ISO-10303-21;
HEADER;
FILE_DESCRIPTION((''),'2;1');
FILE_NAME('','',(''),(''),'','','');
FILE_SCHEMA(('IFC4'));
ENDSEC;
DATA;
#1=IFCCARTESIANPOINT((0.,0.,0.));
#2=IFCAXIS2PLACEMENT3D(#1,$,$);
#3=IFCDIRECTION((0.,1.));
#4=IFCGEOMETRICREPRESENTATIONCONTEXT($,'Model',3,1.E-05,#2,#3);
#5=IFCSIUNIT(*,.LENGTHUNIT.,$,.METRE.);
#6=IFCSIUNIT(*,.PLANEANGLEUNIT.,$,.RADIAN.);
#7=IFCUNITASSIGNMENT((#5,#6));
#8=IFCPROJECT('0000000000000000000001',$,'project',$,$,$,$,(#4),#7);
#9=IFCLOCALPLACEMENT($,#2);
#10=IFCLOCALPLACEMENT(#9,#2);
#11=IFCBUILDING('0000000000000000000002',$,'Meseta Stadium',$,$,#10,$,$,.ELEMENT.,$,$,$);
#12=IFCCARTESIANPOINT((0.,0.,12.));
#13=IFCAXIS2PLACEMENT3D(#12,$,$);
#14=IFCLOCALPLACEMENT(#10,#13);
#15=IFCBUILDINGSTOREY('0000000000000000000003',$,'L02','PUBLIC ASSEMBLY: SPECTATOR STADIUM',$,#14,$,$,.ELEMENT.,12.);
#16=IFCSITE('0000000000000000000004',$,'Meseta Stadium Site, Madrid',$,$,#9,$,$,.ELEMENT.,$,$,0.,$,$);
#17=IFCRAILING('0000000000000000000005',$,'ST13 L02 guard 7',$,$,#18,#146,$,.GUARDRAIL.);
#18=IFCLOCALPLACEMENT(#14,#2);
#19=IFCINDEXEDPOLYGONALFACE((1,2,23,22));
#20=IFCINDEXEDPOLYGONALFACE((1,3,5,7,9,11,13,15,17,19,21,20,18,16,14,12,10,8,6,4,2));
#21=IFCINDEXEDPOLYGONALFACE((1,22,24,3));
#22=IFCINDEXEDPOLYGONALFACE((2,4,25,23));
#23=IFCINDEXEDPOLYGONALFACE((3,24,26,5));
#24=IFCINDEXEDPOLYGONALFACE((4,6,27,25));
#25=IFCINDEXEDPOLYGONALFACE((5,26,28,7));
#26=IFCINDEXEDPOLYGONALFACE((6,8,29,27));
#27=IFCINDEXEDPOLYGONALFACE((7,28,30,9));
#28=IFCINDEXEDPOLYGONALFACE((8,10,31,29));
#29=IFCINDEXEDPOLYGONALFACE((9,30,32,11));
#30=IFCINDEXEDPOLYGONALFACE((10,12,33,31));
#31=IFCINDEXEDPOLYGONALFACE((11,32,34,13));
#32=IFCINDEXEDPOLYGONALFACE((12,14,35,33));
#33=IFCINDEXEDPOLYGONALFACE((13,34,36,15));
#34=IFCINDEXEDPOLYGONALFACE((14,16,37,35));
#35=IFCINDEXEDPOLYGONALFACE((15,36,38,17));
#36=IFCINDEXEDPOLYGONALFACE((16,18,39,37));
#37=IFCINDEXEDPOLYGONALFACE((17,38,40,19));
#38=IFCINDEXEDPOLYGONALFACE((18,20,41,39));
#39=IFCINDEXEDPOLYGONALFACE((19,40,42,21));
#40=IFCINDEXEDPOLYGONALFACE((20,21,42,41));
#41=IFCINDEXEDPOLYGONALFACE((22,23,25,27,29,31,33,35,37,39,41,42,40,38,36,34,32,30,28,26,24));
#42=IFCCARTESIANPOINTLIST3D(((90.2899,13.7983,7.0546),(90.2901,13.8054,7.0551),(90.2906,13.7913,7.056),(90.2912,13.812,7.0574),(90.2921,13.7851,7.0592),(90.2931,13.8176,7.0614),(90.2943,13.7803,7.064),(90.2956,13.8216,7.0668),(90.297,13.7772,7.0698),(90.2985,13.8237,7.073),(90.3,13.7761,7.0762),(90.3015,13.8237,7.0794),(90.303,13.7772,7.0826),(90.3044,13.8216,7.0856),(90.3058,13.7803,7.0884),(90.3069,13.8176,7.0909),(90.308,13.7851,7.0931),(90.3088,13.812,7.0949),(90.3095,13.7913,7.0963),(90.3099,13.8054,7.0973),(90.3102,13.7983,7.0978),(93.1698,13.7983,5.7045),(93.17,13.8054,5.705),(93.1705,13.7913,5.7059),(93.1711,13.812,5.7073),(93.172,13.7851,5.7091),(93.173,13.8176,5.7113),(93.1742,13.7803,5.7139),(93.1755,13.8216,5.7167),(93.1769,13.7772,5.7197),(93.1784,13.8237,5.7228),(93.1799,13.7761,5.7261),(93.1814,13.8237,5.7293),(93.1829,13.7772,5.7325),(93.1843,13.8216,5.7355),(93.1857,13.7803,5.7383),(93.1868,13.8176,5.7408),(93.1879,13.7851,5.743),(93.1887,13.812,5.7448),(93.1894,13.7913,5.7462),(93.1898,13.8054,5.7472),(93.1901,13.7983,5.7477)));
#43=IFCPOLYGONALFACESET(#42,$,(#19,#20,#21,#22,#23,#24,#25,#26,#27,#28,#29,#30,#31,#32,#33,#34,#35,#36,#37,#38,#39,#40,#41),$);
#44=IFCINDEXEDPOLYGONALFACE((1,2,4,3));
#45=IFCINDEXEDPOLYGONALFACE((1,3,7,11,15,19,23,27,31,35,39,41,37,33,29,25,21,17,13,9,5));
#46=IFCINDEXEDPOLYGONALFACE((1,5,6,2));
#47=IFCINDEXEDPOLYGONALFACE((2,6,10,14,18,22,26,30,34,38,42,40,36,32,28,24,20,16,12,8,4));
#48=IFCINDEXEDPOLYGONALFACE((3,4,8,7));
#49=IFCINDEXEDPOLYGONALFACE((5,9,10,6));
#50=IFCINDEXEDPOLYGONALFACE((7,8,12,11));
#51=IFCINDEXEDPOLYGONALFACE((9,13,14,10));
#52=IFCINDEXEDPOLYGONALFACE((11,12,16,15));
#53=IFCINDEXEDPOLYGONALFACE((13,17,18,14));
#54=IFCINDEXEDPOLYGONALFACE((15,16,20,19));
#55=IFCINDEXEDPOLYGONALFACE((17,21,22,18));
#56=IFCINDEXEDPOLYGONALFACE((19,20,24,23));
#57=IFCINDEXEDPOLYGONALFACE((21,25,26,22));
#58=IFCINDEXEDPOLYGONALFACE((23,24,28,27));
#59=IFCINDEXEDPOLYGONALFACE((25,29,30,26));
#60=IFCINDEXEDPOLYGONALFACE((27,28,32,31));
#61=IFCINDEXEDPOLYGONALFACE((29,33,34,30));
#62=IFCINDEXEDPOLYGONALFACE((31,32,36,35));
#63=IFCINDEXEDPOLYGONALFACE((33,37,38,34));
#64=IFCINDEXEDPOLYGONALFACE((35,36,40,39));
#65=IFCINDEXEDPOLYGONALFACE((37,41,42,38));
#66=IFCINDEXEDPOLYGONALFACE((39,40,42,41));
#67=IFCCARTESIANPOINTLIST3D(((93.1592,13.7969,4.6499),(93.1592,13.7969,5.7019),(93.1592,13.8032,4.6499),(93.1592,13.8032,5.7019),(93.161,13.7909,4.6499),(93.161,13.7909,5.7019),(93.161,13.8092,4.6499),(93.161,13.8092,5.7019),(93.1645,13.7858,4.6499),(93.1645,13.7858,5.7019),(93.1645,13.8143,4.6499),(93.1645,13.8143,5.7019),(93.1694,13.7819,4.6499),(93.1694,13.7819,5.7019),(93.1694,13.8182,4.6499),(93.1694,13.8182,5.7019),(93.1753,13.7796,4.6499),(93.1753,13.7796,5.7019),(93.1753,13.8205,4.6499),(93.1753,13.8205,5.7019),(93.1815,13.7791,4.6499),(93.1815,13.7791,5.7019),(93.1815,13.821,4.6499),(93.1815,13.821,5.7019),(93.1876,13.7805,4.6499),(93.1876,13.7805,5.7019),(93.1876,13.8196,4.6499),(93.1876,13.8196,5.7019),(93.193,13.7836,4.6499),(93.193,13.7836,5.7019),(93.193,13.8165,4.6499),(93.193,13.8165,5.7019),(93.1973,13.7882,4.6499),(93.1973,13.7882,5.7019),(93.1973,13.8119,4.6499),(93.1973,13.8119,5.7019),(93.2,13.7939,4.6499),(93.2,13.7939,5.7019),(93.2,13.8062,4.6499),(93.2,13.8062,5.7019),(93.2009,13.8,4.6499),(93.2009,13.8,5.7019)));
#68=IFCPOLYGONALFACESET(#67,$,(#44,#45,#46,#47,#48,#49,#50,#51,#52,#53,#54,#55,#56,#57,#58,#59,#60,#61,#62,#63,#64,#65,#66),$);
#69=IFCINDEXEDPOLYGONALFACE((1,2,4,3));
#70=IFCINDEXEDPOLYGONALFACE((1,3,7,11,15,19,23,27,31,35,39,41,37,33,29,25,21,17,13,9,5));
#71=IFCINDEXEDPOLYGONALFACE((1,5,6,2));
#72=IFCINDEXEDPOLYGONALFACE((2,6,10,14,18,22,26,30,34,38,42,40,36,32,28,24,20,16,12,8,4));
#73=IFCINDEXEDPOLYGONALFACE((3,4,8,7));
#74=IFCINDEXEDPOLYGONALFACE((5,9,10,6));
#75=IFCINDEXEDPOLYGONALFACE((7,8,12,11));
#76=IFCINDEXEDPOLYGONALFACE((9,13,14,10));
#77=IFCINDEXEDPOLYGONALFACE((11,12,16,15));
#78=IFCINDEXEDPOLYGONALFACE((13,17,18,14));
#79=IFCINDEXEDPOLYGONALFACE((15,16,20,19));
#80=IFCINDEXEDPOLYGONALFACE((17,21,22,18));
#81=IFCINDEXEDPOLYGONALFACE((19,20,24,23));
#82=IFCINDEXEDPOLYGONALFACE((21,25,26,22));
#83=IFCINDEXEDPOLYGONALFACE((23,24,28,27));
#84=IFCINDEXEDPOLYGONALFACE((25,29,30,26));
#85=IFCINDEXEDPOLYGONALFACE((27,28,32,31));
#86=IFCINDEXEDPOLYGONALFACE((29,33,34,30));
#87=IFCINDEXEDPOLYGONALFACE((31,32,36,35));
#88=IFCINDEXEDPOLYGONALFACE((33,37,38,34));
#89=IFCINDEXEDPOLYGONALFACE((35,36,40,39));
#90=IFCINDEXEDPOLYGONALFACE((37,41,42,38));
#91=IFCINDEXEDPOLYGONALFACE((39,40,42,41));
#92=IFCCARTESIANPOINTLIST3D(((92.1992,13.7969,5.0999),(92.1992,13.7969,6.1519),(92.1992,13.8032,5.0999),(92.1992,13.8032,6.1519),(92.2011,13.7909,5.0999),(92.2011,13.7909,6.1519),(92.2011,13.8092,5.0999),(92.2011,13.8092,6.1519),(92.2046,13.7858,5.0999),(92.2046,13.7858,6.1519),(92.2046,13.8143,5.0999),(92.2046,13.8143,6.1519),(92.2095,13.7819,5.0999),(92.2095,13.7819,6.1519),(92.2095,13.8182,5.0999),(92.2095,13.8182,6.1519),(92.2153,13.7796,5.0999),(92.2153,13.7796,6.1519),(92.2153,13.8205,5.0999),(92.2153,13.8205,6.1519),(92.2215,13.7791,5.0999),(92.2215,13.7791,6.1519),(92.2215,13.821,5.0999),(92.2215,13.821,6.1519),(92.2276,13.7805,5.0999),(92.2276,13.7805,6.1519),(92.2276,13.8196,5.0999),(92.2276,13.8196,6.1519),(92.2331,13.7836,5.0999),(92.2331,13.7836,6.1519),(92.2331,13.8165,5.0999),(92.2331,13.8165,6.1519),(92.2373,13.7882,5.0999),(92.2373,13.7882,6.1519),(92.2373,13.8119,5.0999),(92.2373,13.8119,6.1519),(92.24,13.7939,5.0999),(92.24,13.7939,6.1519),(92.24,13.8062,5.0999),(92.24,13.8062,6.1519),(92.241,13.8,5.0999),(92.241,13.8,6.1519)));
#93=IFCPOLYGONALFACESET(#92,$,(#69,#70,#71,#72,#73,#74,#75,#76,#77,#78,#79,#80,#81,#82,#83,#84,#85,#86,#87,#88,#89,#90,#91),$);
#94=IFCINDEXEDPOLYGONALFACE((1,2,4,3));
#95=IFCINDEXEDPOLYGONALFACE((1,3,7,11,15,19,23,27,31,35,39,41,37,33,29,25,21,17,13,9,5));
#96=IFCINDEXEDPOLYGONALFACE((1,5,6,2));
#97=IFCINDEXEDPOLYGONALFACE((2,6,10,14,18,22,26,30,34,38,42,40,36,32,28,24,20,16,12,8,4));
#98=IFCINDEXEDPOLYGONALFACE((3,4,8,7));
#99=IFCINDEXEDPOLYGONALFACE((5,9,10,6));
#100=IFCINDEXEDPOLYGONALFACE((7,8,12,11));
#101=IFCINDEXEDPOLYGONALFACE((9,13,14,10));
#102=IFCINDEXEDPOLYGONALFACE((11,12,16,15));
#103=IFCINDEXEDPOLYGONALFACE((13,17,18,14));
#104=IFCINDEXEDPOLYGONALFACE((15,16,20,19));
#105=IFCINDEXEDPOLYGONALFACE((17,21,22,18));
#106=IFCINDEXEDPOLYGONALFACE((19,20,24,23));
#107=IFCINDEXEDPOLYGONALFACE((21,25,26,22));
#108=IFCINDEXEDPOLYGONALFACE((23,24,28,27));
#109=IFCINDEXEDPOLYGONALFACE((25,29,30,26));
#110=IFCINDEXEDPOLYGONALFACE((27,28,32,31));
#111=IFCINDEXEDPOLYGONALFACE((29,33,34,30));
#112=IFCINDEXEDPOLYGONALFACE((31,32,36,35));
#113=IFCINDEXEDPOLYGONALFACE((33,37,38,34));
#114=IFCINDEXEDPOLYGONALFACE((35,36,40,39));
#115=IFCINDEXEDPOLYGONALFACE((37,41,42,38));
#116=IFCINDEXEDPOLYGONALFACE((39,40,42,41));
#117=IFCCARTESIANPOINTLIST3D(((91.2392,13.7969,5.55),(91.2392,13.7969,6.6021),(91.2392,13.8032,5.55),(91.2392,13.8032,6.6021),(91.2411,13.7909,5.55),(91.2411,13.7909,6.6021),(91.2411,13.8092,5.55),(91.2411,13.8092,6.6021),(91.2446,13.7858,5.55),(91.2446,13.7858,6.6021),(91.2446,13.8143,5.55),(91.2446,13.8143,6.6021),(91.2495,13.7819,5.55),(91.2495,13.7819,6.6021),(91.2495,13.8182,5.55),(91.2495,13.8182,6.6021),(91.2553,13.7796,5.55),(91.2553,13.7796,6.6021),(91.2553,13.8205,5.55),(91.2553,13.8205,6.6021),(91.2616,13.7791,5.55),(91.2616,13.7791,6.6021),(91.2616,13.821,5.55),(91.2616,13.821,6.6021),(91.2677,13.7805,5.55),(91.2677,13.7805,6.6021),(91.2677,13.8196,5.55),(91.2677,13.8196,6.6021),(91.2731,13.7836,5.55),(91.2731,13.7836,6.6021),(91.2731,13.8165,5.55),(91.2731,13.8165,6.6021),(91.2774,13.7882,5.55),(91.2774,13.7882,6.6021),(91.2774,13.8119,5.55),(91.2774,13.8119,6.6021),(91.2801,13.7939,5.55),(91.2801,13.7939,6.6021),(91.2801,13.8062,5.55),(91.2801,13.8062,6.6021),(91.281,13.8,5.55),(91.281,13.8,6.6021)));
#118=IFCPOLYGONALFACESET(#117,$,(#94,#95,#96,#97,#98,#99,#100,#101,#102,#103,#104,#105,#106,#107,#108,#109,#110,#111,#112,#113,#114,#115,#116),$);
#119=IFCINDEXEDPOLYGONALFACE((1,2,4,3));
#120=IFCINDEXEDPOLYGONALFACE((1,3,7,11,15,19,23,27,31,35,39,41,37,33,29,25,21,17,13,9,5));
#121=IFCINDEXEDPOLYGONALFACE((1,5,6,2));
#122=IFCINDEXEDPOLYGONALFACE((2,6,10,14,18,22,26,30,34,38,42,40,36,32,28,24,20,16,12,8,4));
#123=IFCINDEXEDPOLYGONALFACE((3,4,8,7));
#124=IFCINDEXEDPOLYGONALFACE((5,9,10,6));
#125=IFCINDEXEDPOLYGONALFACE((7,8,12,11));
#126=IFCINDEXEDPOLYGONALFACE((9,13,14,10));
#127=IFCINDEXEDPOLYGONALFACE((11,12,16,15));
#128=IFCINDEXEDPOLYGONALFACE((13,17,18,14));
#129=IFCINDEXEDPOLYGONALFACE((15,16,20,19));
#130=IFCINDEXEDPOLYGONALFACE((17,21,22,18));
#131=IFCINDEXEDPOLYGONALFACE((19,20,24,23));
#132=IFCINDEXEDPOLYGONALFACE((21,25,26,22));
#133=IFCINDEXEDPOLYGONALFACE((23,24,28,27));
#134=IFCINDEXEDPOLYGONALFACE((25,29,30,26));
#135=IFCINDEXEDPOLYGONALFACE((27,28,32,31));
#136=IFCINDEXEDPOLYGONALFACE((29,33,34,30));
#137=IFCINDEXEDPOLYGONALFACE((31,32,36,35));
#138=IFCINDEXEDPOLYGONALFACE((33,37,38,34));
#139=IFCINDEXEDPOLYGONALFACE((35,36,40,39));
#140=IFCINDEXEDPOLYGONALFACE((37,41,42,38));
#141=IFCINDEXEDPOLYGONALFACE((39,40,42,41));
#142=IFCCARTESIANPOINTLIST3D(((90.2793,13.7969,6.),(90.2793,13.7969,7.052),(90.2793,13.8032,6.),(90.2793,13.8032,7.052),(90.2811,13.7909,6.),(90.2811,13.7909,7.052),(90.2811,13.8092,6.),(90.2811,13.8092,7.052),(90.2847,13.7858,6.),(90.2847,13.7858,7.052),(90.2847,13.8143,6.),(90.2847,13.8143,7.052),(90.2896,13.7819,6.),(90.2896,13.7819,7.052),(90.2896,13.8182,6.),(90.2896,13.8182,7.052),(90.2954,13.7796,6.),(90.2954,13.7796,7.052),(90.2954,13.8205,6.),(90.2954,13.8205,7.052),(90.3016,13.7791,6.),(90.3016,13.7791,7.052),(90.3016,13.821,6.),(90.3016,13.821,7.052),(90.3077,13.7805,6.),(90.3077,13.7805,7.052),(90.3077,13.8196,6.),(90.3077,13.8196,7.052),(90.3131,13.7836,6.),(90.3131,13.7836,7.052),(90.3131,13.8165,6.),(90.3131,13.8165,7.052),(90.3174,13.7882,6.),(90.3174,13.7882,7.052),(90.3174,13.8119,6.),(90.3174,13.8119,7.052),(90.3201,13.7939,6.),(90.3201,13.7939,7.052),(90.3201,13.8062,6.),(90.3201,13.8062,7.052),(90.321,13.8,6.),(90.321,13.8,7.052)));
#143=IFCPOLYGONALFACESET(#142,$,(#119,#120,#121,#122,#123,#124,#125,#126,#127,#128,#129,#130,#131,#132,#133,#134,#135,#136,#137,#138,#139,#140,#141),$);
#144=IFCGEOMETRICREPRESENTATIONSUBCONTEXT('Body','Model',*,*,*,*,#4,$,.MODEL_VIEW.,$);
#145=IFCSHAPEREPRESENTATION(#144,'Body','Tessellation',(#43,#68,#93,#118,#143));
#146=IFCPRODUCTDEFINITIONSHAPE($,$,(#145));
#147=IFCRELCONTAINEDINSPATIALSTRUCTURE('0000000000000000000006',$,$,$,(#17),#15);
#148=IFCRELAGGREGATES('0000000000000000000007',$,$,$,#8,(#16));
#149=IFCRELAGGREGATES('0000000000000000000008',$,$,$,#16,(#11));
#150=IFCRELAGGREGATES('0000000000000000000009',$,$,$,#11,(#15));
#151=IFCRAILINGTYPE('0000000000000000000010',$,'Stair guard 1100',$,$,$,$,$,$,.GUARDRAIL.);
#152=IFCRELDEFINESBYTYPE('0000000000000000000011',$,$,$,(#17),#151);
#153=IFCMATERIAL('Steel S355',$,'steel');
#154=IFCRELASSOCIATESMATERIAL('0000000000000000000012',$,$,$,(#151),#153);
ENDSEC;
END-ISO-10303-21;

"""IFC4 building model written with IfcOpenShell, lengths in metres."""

from ifc_helpers import new_model, si_unit, direction, frame, origin, origin_2d, place, context, subcontext, project, spatial, circle, extrude, material, type_object, element, save


model = new_model("IFC4")

# Units and contexts
model_context = context("Model", 3, precision=1e-05, world=origin(), true_north=direction((0.0, 1.0)))
body_context = subcontext(model_context, "Body", "Model", "MODEL_VIEW")
ifc_project = project(units=[si_unit("LENGTHUNIT", "METRE"), si_unit("PLANEANGLEUNIT", "RADIAN")], contexts=[model_context])

# Site, building, storey
site_placement = place(None, origin())
site = spatial("IfcSite", under=ifc_project, at=site_placement, Name="Meseta Stadium Site, Madrid", CompositionType="ELEMENT", RefElevation=0.0)
building_placement = place(site_placement, origin())
building = spatial("IfcBuilding", under=site, at=building_placement, Name="Meseta Stadium", CompositionType="ELEMENT")
storey_placement = place(building_placement, frame((0.0, 0.0, 12.0)))
storey = spatial("IfcBuildingStorey", under=building, at=storey_placement, Name="L02", Description="PUBLIC ASSEMBLY: SPECTATOR STADIUM", CompositionType="ELEMENT", Elevation=12.0)

# Railing
ifc_material_1 = material(Name="Steel S355", Category="steel")
railing_type_1 = type_object("IfcRailingType", Name="Stair guard 1100", PredefinedType="GUARDRAIL", material=ifc_material_1)
railing_1_placement = place(storey_placement, frame((93.1799, 13.8, 4.6499)))
element("IfcRailing", 1, at=railing_1_placement, inside=storey, type_object=railing_type_1, Name="ST13 L02 guard 7", PredefinedType="GUARDRAIL", context=body_context, shape_type="SweptSolid", body=[
    extrude(circle(Radius=0.0239, at=origin_2d()), frame((0.0, 0.0, 1.0762), z_axis=(-0.90544, 0.0, 0.424473), x_axis=(0.0, -1.0, 0.0)), (0.0, 0.0, 1.0), 3.1807),
    extrude(circle(Radius=0.021, at=origin_2d()), origin(), (0.0, 0.0, 1.0), 1.052),
    extrude(circle(Radius=0.021, at=origin_2d()), frame((-0.96, 0.0, 0.45)), (0.0, 0.0, 1.0), 1.052),
    extrude(circle(Radius=0.021, at=origin_2d()), frame((-1.9199, 0.0, 0.9001)), (0.0, 0.0, 1.0), 1.052),
    extrude(circle(Radius=0.021, at=origin_2d()), frame((-2.8799, 0.0, 1.3501)), (0.0, 0.0, 1.0), 1.052),
])

save(model, "model.ifc")
